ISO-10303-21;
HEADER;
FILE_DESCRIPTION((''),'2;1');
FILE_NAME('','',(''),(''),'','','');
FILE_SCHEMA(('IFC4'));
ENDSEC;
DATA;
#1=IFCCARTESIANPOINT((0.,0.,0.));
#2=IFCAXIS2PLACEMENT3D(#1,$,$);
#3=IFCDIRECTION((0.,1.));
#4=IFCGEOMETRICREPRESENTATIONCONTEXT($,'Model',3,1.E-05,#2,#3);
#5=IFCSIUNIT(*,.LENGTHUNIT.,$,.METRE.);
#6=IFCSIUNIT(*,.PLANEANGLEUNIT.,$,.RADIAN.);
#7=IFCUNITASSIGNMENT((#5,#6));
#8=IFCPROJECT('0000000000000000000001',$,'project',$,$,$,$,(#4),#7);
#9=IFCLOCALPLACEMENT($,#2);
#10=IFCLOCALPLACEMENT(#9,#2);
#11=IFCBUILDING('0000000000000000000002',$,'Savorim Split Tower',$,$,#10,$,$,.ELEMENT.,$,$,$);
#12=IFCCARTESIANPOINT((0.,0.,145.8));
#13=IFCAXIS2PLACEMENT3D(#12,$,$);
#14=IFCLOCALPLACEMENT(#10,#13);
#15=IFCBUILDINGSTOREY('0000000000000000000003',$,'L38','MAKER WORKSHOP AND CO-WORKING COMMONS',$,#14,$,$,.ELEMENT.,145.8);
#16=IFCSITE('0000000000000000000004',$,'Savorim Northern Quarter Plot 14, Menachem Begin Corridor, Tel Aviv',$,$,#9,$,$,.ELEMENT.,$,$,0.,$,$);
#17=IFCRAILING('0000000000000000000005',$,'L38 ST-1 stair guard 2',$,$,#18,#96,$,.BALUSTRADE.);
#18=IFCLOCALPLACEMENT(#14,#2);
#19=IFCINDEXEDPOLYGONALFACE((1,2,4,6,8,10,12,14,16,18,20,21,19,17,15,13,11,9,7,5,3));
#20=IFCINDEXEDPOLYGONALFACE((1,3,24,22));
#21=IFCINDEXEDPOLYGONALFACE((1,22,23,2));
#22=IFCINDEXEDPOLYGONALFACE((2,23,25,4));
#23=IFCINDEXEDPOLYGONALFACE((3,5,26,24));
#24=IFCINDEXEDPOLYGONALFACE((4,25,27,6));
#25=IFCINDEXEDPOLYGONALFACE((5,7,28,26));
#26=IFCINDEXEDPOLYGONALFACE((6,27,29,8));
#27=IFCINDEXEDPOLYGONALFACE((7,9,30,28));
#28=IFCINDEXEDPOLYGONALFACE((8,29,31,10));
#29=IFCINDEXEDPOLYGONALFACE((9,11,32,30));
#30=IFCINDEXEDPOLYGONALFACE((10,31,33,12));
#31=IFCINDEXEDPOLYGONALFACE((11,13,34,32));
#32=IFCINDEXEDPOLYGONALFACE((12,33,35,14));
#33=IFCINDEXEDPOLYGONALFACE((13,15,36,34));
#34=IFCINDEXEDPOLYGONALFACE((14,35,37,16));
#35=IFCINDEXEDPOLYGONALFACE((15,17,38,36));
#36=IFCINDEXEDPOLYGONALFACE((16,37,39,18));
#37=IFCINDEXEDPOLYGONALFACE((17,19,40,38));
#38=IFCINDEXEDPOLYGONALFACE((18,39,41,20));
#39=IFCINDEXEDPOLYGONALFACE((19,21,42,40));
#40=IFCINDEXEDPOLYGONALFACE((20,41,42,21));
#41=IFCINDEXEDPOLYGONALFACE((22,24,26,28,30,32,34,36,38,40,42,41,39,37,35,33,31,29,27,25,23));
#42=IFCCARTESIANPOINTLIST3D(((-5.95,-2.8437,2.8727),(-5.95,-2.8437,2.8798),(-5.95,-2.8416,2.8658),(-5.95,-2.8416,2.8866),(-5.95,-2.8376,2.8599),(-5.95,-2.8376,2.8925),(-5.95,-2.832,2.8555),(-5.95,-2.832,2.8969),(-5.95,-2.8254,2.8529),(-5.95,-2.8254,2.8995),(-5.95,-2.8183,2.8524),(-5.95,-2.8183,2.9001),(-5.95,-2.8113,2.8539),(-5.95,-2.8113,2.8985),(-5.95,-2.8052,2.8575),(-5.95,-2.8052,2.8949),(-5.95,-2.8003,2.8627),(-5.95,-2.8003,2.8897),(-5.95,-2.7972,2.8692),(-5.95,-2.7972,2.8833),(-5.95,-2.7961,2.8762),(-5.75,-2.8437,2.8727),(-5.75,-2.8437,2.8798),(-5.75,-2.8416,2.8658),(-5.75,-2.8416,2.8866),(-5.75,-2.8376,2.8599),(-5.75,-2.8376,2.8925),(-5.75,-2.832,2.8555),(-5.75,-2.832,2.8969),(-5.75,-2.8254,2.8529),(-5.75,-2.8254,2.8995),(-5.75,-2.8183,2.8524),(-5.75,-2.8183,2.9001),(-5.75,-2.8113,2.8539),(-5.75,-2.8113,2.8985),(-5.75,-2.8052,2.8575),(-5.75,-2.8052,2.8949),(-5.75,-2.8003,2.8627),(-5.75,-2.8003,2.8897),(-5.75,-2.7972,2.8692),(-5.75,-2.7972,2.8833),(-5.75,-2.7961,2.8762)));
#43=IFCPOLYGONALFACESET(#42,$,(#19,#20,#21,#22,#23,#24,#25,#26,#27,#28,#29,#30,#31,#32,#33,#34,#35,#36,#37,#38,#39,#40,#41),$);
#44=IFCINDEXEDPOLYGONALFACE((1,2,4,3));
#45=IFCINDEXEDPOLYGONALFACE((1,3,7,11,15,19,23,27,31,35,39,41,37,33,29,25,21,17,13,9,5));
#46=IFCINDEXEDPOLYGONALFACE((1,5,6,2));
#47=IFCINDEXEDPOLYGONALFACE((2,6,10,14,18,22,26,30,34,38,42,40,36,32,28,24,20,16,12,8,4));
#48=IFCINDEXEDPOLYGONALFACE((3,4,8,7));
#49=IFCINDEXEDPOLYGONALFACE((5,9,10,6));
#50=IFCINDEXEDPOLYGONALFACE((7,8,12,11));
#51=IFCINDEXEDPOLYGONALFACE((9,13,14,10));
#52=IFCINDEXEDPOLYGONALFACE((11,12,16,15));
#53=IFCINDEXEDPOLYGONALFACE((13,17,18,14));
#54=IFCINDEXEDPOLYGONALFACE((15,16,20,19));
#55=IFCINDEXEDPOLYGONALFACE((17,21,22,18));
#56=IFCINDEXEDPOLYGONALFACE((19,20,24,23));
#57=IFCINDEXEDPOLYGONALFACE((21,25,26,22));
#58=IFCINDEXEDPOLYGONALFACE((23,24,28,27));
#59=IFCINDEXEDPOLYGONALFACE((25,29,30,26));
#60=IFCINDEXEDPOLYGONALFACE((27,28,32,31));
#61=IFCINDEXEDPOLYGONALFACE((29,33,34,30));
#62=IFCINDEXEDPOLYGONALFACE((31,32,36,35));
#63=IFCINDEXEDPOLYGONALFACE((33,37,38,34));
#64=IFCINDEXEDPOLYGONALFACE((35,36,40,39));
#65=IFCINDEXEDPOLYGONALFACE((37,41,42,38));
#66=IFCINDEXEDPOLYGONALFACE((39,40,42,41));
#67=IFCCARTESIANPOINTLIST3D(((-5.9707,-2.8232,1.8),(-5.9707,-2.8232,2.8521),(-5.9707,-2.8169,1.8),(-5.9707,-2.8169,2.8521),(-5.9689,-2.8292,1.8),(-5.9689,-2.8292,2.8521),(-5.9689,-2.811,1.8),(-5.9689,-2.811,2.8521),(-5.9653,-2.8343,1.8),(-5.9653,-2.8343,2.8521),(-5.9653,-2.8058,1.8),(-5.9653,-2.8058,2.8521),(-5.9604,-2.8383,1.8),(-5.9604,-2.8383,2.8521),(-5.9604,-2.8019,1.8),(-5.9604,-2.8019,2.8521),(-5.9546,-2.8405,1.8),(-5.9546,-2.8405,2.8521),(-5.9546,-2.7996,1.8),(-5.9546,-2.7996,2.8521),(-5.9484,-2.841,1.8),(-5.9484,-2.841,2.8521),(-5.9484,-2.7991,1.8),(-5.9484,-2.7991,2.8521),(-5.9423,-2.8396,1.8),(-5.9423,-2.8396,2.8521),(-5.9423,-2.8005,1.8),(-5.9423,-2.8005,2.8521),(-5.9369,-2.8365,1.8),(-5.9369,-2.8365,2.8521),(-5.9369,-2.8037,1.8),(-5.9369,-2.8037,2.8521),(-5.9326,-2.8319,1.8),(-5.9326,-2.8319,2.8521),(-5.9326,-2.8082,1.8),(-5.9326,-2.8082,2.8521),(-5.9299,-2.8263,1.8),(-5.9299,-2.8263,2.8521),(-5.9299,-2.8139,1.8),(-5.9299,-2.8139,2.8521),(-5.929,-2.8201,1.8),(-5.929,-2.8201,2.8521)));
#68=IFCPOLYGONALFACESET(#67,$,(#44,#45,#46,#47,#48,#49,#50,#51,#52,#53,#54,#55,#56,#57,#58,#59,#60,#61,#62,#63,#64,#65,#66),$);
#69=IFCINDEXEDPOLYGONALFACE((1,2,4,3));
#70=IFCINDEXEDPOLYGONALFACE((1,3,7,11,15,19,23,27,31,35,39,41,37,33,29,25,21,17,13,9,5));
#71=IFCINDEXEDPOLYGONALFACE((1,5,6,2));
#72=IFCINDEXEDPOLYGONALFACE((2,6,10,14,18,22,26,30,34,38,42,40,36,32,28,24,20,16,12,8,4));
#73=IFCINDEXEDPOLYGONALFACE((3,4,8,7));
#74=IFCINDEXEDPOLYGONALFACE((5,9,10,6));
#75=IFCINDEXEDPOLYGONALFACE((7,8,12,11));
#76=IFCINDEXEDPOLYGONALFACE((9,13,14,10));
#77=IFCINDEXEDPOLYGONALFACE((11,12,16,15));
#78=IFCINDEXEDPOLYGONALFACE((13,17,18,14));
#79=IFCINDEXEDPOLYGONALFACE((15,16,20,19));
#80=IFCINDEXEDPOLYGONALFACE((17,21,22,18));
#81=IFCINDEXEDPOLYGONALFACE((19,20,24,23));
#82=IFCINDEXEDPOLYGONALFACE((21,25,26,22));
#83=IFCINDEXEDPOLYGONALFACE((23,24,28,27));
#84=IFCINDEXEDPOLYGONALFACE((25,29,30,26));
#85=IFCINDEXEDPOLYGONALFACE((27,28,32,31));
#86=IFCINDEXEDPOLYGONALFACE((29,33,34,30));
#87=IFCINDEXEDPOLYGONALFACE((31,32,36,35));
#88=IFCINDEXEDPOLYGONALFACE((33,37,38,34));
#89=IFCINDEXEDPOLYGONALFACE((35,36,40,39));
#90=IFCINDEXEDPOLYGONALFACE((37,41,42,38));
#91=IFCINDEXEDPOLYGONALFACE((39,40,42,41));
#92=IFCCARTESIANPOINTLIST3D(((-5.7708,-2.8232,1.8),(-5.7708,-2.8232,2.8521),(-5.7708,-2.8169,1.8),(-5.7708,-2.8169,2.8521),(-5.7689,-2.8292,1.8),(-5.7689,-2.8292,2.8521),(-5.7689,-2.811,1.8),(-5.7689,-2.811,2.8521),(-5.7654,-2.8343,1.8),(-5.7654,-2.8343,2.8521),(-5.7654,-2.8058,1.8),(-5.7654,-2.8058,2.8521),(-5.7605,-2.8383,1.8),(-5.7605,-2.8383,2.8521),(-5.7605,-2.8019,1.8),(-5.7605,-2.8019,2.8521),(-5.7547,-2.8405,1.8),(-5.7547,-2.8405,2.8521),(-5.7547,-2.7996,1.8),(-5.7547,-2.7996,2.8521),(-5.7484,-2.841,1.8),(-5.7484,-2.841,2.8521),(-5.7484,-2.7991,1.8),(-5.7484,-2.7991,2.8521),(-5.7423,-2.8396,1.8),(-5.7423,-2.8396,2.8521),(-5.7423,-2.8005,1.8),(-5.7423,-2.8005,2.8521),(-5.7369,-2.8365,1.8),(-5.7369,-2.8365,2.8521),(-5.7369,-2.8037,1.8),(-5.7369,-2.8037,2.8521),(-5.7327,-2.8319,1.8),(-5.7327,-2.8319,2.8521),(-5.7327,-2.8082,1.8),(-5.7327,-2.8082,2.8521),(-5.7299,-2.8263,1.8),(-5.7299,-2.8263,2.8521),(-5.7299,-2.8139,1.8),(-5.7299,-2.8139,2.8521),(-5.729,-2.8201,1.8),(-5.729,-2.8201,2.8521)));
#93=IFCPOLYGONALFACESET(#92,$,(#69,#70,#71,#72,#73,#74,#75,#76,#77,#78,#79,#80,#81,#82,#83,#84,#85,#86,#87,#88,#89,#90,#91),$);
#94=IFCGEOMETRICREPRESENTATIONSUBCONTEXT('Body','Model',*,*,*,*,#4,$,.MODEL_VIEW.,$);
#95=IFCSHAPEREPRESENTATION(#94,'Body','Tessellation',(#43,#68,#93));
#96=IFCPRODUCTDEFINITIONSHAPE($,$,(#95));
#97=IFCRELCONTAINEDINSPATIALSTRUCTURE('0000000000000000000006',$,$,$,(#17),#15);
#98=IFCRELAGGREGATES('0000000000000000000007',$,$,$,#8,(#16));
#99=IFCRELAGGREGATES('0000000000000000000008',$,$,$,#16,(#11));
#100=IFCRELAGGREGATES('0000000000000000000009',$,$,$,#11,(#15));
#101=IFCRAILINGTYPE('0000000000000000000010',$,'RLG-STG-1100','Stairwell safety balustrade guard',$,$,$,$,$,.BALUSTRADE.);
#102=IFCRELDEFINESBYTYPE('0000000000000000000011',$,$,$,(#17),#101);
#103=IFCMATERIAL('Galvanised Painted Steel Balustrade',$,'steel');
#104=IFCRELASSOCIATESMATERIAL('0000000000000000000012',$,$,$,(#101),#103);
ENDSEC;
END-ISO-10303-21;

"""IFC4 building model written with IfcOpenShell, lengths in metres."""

from ifc_helpers import new_model, si_unit, direction, frame, origin, origin_2d, place, context, subcontext, project, spatial, circle, extrude, material, type_object, element, save


model = new_model("IFC4")

# Units and contexts
model_context = context("Model", 3, precision=1e-05, world=origin(), true_north=direction((0.0, 1.0)))
body_context = subcontext(model_context, "Body", "Model", "MODEL_VIEW")
ifc_project = project(units=[si_unit("LENGTHUNIT", "METRE"), si_unit("PLANEANGLEUNIT", "RADIAN")], contexts=[model_context])

# Site, building, storey
site_placement = place(None, origin())
site = spatial("IfcSite", under=ifc_project, at=site_placement, Name="Savorim Northern Quarter Plot 14, Menachem Begin Corridor, Tel Aviv", CompositionType="ELEMENT", RefElevation=0.0)
building_placement = place(site_placement, origin())
building = spatial("IfcBuilding", under=site, at=building_placement, Name="Savorim Split Tower", CompositionType="ELEMENT")
storey_placement = place(building_placement, frame((0.0, 0.0, 145.8)))
storey = spatial("IfcBuildingStorey", under=building, at=storey_placement, Name="L38", Description="MAKER WORKSHOP AND CO-WORKING COMMONS", CompositionType="ELEMENT", Elevation=145.8)

# Railing
ifc_material_1 = material(Name="Galvanised Painted Steel Balustrade", Category="steel")
railing_type_1 = type_object("IfcRailingType", Name="RLG-STG-1100", Description="Stairwell safety balustrade guard", PredefinedType="BALUSTRADE", material=ifc_material_1)
railing_1_placement = place(storey_placement, frame((-5.95, -2.8201, 1.8)))
element("IfcRailing", 1, at=railing_1_placement, inside=storey, type_object=railing_type_1, Name="L38 ST-1 stair guard 2", PredefinedType="BALUSTRADE", context=body_context, shape_type="SweptSolid", body=[
    extrude(circle(Radius=0.0239, at=origin_2d()), frame((0.0, 0.0, 1.0762), z_axis=(1.0, 0.0, 0.0), x_axis=(0.0, 1.0, 0.0)), (0.0, 0.0, 1.0), 0.2),
    extrude(circle(Radius=0.021, at=origin_2d()), origin(), (0.0, 0.0, 1.0), 1.052),
    extrude(circle(Radius=0.021, at=origin_2d()), frame((0.2, 0.0, 0.0)), (0.0, 0.0, 1.0), 1.052),
])

save(model, "model.ifc")
